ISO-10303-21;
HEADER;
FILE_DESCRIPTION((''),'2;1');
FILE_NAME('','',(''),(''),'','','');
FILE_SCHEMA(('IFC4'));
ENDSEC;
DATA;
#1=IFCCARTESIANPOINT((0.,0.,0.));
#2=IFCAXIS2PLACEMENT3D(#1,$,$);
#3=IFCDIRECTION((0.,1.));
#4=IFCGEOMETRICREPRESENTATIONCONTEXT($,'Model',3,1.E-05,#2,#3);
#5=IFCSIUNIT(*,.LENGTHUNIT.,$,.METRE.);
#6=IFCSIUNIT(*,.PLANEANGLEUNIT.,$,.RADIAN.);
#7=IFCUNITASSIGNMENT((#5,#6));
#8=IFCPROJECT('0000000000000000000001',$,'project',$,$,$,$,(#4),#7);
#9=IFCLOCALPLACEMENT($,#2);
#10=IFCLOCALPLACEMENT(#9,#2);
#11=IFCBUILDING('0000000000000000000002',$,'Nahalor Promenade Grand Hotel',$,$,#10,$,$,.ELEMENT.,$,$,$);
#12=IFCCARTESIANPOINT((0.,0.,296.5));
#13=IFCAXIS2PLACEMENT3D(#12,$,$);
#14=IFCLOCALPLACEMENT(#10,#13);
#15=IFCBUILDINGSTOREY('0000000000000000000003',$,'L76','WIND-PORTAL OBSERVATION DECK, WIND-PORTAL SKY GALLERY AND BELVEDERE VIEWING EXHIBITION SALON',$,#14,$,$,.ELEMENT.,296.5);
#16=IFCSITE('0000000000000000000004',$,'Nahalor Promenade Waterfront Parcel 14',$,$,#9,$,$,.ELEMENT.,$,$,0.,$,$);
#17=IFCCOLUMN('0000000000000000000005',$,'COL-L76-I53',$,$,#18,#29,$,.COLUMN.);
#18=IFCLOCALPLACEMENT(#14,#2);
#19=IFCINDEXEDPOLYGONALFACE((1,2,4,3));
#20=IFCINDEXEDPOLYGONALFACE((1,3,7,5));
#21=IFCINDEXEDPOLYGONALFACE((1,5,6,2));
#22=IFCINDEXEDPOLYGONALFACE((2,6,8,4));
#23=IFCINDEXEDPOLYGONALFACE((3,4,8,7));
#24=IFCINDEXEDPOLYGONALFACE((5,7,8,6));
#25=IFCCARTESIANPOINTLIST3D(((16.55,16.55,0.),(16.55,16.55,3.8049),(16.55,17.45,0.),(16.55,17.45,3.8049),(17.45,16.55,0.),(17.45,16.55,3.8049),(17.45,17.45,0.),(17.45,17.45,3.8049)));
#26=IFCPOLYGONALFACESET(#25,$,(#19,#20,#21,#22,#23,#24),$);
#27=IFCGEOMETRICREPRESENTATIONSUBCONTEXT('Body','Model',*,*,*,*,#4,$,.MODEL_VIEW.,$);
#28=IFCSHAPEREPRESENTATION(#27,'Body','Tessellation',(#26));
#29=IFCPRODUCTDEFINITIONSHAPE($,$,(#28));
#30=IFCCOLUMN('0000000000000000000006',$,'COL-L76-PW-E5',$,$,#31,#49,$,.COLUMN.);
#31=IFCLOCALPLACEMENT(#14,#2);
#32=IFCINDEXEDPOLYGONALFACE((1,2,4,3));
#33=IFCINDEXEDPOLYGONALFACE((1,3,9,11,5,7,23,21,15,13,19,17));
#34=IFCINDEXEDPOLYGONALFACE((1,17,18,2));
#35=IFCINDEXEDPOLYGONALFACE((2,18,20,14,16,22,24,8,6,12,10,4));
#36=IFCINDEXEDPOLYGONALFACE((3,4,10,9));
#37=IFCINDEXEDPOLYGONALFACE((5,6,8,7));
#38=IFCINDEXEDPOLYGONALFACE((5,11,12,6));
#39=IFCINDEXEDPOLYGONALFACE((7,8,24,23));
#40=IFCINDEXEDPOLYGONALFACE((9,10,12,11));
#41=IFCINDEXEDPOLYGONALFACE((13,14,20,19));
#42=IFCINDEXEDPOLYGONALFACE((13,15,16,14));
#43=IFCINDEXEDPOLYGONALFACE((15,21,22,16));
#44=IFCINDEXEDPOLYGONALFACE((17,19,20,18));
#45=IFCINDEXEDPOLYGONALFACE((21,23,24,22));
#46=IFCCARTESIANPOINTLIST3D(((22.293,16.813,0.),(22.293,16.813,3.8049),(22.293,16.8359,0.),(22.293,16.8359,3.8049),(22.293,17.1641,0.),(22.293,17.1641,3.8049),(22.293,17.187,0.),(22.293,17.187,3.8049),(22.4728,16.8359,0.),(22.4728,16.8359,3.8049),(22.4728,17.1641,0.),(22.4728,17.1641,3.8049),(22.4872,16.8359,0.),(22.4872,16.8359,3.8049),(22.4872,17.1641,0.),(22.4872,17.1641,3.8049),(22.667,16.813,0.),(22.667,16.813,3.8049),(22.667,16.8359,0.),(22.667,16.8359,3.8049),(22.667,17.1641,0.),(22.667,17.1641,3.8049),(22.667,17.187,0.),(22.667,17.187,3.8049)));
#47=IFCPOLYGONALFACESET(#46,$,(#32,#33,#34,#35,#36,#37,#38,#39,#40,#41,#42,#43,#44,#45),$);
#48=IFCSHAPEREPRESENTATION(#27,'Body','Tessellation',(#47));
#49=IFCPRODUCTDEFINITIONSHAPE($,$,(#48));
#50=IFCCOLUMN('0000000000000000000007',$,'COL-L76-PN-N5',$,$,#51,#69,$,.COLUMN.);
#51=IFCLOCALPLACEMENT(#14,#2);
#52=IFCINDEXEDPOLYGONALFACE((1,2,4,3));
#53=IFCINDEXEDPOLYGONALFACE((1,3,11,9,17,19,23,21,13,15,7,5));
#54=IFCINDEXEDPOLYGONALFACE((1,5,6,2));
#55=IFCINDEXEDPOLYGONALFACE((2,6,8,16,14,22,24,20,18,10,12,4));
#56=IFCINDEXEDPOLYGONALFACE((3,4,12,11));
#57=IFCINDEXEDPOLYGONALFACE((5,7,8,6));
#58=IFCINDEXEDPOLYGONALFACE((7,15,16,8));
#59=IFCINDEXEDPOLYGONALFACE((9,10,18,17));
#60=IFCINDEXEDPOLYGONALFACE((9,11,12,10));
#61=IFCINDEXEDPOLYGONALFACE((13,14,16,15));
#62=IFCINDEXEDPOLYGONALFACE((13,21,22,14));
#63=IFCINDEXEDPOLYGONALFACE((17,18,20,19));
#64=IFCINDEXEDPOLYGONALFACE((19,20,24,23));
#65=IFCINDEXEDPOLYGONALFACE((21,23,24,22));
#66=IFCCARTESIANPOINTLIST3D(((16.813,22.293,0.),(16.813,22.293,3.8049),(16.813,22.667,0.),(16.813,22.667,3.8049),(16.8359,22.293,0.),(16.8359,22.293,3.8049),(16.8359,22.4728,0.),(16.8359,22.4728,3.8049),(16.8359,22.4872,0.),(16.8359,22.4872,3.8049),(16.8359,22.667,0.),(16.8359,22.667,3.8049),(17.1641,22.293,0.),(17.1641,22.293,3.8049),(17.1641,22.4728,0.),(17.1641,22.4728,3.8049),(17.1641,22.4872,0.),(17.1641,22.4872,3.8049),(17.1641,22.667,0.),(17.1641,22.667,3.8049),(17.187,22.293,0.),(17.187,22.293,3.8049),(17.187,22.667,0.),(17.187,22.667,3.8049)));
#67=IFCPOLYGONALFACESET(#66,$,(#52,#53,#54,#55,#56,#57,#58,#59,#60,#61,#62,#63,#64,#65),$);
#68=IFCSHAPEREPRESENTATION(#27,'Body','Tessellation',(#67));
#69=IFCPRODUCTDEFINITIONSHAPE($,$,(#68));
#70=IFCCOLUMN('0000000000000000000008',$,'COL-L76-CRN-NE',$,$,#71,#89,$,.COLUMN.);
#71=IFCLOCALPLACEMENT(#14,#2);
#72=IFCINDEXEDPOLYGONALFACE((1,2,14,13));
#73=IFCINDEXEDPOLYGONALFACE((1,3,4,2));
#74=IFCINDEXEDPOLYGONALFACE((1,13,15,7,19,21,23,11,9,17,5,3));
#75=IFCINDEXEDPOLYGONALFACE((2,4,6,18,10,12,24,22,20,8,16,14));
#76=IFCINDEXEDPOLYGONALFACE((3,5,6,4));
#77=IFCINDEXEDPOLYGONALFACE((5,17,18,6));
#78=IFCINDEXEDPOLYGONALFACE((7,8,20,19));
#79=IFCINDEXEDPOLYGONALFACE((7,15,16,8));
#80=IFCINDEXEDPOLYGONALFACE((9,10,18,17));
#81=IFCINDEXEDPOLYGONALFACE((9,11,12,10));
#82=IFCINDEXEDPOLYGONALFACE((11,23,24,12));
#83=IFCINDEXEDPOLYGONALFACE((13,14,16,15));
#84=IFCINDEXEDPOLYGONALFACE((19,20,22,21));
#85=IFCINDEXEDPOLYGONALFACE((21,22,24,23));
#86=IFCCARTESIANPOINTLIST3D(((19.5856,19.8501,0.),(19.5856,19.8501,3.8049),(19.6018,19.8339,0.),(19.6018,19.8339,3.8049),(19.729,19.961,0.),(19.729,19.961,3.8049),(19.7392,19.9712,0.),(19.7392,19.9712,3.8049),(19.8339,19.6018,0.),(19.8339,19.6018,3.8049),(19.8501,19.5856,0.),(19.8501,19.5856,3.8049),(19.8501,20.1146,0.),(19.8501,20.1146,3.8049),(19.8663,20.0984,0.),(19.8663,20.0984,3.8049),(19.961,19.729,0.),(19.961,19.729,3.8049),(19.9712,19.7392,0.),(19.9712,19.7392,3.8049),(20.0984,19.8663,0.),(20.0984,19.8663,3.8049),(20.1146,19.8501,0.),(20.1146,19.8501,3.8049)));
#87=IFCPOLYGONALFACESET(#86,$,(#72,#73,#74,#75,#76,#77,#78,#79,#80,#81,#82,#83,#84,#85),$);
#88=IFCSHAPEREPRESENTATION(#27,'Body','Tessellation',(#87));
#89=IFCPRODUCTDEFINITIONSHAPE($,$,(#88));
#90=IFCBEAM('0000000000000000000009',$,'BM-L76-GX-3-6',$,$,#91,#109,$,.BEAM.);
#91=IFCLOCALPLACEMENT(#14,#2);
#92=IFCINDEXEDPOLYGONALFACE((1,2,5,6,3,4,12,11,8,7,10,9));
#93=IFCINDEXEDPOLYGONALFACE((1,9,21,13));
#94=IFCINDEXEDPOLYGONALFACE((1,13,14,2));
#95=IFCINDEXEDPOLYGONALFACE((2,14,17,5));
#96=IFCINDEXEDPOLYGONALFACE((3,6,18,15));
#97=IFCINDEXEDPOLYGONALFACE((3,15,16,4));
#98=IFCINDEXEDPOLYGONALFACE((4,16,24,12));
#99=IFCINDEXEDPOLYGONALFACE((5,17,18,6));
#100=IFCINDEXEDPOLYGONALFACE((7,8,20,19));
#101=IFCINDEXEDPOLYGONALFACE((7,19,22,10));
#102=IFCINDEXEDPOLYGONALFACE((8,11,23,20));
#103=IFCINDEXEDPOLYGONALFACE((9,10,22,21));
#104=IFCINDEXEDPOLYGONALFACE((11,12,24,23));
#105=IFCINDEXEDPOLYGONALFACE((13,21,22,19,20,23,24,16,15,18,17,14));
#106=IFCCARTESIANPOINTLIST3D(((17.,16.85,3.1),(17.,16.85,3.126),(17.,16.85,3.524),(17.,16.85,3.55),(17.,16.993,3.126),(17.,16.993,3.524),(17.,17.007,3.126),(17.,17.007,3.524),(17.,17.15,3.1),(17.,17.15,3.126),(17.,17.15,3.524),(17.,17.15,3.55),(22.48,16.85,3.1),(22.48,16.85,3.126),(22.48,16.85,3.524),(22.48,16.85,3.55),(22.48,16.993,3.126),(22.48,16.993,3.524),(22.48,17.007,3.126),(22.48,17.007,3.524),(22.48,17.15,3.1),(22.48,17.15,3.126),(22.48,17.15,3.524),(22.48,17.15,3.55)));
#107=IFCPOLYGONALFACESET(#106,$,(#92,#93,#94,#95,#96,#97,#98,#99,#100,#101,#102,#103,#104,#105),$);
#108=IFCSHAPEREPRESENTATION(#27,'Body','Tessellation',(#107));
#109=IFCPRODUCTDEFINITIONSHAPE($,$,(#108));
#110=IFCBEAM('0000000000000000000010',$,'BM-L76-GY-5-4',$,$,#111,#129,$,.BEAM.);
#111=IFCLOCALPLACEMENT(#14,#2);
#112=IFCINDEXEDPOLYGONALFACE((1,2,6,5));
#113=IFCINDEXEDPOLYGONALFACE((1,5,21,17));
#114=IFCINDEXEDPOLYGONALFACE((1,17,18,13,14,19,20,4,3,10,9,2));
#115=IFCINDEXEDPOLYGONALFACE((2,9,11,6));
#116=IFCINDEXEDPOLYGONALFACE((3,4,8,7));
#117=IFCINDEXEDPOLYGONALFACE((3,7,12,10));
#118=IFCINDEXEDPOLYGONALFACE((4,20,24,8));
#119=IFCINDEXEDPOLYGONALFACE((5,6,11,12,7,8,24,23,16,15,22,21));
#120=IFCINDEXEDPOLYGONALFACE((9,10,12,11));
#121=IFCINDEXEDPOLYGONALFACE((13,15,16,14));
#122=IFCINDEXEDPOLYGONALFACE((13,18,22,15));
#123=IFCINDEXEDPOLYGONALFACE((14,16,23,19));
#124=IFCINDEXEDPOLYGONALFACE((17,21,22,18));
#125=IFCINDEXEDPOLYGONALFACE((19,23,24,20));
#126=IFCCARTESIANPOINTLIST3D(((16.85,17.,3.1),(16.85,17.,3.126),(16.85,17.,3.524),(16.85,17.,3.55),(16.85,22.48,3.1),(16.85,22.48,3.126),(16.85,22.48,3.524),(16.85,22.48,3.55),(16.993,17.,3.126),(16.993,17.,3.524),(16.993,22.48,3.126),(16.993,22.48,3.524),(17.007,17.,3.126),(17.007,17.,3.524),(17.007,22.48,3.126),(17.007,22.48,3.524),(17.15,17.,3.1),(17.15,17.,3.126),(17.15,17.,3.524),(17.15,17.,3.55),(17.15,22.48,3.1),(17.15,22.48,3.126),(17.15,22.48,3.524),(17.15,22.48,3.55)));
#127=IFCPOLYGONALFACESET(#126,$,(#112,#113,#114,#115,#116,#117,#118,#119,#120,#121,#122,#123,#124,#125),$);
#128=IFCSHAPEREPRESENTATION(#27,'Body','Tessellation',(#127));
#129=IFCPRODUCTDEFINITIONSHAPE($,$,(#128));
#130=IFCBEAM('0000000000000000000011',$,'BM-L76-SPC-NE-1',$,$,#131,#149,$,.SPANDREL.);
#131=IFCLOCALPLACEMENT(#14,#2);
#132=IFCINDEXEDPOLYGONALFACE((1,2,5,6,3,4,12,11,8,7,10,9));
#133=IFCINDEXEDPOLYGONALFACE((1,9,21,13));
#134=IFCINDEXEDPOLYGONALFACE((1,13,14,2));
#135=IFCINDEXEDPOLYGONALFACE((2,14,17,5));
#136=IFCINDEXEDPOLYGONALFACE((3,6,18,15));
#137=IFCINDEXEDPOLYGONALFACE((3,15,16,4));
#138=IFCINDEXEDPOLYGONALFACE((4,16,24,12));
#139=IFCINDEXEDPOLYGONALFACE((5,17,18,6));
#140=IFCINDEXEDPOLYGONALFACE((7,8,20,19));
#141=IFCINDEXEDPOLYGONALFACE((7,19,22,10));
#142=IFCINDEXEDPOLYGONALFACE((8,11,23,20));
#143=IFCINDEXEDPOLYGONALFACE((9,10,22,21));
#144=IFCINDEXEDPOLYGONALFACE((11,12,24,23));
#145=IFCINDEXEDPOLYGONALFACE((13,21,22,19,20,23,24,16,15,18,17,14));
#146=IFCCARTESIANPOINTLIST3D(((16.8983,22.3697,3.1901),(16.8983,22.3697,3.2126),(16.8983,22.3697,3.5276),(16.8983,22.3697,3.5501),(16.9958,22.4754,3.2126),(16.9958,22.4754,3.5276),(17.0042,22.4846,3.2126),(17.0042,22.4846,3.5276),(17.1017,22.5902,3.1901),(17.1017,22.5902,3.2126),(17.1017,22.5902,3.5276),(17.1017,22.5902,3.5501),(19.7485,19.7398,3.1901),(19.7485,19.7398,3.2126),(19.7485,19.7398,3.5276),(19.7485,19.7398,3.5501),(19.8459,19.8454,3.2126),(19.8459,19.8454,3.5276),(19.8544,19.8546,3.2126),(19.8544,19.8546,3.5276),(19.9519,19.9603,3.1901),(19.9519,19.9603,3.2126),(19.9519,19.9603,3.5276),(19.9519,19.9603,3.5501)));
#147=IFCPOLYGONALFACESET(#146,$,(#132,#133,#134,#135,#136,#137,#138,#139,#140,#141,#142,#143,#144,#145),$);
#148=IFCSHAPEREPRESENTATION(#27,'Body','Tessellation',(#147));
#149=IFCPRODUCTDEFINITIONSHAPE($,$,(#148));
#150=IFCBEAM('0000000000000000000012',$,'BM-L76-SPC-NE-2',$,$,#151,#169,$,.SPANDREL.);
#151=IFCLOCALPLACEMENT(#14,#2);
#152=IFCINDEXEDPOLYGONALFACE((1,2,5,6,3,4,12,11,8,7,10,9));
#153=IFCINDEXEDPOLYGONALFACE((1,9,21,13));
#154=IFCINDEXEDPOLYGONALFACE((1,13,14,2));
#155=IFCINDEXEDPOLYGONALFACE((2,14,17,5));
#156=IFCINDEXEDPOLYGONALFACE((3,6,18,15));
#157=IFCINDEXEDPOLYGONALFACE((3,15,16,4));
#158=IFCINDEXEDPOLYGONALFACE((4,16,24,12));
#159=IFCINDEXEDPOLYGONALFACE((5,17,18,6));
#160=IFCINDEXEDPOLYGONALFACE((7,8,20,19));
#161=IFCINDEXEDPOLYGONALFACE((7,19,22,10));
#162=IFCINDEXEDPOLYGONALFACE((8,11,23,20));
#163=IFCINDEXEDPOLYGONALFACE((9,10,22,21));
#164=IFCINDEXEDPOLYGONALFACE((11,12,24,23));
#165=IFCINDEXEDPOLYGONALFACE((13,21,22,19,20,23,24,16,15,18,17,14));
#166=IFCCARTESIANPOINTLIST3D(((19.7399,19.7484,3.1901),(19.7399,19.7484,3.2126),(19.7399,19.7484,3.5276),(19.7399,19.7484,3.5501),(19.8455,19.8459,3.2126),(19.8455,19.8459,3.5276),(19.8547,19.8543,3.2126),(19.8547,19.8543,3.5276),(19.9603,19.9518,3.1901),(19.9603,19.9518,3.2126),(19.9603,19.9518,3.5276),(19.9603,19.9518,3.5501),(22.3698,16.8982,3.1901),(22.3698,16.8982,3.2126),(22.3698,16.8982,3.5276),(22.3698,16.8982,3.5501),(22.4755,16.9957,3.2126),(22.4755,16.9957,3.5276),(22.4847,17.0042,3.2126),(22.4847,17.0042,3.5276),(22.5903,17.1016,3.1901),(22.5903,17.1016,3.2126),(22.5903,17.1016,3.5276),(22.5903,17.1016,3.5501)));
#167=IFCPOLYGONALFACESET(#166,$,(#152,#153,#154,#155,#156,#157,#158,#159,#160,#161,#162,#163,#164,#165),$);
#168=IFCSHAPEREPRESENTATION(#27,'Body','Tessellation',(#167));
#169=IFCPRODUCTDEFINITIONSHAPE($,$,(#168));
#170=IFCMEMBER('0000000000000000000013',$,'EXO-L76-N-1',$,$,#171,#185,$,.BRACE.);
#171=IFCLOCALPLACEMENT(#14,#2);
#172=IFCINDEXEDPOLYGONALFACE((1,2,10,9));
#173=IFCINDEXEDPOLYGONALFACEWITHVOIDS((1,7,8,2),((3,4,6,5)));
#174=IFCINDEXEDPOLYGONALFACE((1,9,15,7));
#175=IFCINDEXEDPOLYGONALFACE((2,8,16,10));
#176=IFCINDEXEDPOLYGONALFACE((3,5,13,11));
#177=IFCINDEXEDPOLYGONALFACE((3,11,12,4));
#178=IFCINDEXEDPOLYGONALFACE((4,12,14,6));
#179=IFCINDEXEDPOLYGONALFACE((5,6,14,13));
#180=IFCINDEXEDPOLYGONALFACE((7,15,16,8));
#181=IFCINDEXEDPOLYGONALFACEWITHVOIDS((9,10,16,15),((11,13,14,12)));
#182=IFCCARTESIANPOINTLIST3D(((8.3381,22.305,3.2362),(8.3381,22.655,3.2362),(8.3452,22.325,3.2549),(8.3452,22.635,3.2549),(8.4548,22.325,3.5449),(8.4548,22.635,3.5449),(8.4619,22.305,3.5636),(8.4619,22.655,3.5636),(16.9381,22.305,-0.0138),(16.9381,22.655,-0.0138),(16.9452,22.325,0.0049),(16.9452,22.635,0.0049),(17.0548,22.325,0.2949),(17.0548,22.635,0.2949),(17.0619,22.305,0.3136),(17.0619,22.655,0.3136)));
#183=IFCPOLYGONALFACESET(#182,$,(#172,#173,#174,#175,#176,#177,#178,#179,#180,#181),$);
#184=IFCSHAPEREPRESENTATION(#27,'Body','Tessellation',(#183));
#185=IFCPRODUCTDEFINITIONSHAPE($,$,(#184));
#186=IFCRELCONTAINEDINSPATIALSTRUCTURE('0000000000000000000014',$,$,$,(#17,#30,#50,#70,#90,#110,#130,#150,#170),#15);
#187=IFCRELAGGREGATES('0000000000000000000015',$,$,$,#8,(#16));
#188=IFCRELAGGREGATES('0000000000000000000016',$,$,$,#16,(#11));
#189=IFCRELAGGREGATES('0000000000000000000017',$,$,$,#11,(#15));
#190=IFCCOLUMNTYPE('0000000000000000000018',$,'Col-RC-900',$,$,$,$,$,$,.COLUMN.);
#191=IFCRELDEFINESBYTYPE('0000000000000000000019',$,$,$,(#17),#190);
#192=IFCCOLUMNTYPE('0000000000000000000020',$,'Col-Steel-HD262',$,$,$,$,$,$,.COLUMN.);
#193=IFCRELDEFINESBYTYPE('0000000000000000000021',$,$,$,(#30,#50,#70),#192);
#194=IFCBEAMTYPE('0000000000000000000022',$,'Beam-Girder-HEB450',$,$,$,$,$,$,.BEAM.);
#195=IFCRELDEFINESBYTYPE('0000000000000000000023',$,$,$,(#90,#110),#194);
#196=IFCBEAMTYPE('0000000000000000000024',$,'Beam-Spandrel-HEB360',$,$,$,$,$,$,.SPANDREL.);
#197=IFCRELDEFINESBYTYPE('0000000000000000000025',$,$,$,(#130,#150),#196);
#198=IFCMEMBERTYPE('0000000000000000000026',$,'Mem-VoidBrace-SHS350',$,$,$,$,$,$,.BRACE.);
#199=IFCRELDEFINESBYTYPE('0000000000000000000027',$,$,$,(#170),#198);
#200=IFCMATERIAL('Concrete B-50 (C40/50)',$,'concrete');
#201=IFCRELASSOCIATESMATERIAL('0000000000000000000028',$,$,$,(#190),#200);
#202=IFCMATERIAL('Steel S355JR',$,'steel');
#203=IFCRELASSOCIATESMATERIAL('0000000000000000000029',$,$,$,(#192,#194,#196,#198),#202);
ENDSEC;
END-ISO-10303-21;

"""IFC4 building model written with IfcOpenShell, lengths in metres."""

from ifc_helpers import new_model, si_unit, direction, frame, origin, origin_2d, place, context, subcontext, project, spatial, rectangle, hollow_rectangle, i_section, extrude, source, transform, mapped, material, material_profile, profile_set, type_object, element, save


model = new_model("IFC4")

# Units and contexts
model_context = context("Model", 3, precision=1e-05, world=origin(), true_north=direction((0.0, 1.0)))
body_context = subcontext(model_context, "Body", "Model", "MODEL_VIEW")
ifc_project = project(units=[si_unit("LENGTHUNIT", "METRE"), si_unit("PLANEANGLEUNIT", "RADIAN")], contexts=[model_context])

# Site, building, storey
site_placement = place(None, origin())
site = spatial("IfcSite", under=ifc_project, at=site_placement, Name="Nahalor Promenade Waterfront Parcel 14", CompositionType="ELEMENT", RefElevation=0.0)
building_placement = place(site_placement, origin())
building = spatial("IfcBuilding", under=site, at=building_placement, Name="Nahalor Promenade Grand Hotel", CompositionType="ELEMENT")
storey_placement = place(building_placement, frame((0.0, 0.0, 296.5)))
storey = spatial("IfcBuildingStorey", under=building, at=storey_placement, Name="L76", Description="WIND-PORTAL OBSERVATION DECK, WIND-PORTAL SKY GALLERY AND BELVEDERE VIEWING EXHIBITION SALON", CompositionType="ELEMENT", Elevation=296.5)

# Columns
ifc_material_1 = material(Name="Concrete B-50 (C40/50)", Category="concrete")
ifc_material_profile_1 = material_profile(ifc_material_1, rectangle(XDim=0.9, YDim=0.9, at=origin_2d()), Name="RC 900x900")
ifc_profile_set_1 = profile_set([ifc_material_profile_1], Name="Concrete B-50 (C40/50)")
column_type_1 = type_object("IfcColumnType", Name="Col-RC-900", PredefinedType="COLUMN", material=ifc_profile_set_1)
shared_shape_1 = source(origin(), body_context, "Body", "SweptSolid", [
    extrude(rectangle(XDim=0.9, YDim=0.9, at=origin_2d()), origin(), (0.0, 0.0, 1.0), 3.8049),
])
column_placement = place(storey_placement, frame((17.0, 17.0, 0.0), z_axis=(0.0, 0.0, 1.0), x_axis=(1.0, 0.0, 0.0)))
element("IfcColumn", 1, at=column_placement, inside=storey, type_object=column_type_1, Name="COL-L76-I53", PredefinedType="COLUMN", context=body_context, shape_type="MappedRepresentation", body=[
    mapped(shared_shape_1, transform((0.0, 0.0, 0.0), scale=1.0)),
])
ifc_material_2 = material(Name="Steel S355JR", Category="steel")
ifc_material_profile_2 = material_profile(ifc_material_2, i_section(OverallWidth=0.374, OverallDepth=0.374, WebThickness=0.0144, FlangeThickness=0.0229, at=origin_2d()), Name="HD 360x262")
ifc_profile_set_2 = profile_set([ifc_material_profile_2], Name="Steel S355JR")
column_type_2 = type_object("IfcColumnType", Name="Col-Steel-HD262", PredefinedType="COLUMN", material=ifc_profile_set_2)
shared_shape_2 = source(origin(), body_context, "Body", "SweptSolid", [
    extrude(i_section(OverallWidth=0.374, OverallDepth=0.374, WebThickness=0.0144, FlangeThickness=0.0229, at=origin_2d()), origin(), (0.0, 0.0, 1.0), 3.8049),
])
for number, where, z_axis, x_axis, name in (
    (2, (22.48, 17.0, 0.0), (0.0, 0.0, 1.0), (1.0, 0.0, 0.0), "COL-L76-PW-E5"),
    (3, (17.0, 22.48, 0.0), (0.0, 0.0, 1.0), (0.0, 1.0, 0.0), "COL-L76-PN-N5"),
    (4, (19.8501, 19.8501, 0.0), (0.0, 0.0, 1.0), (0.707107, 0.707107, 0.0), "COL-L76-CRN-NE"),
):
    element("IfcColumn", number, at=place(storey_placement, frame(where, z_axis=z_axis, x_axis=x_axis)), inside=storey, type_object=column_type_2, Name=name, PredefinedType="COLUMN", context=body_context, shape_type="MappedRepresentation", body=[
        mapped(shared_shape_2, transform((0.0, 0.0, 0.0), scale=1.0)),
    ])

# Beams
ifc_material_profile_3 = material_profile(ifc_material_2, i_section(OverallWidth=0.3, OverallDepth=0.45, WebThickness=0.014, FlangeThickness=0.026, at=origin_2d()), Name="HEB 450")
ifc_profile_set_3 = profile_set([ifc_material_profile_3], Name="Steel S355JR")
beam_type_1 = type_object("IfcBeamType", Name="Beam-Girder-HEB450", PredefinedType="BEAM", material=ifc_profile_set_3)
shared_shape_3 = source(origin(), body_context, "Body", "SweptSolid", [
    extrude(i_section(OverallWidth=0.3, OverallDepth=0.45, WebThickness=0.014, FlangeThickness=0.026, at=origin_2d()), origin(), (0.0, 0.0, 1.0), 5.48),
])
for number, where, z_axis, x_axis, name in (
    (5, (17.0, 17.0, 3.325), (1.0, 0.0, 0.0), (0.0, 1.0, 0.0), "BM-L76-GX-3-6"),
    (6, (17.0, 17.0, 3.325), (0.0, 1.0, 0.0), (-1.0, 0.0, 0.0), "BM-L76-GY-5-4"),
):
    element("IfcBeam", number, at=place(storey_placement, frame(where, z_axis=z_axis, x_axis=x_axis)), inside=storey, type_object=beam_type_1, Name=name, PredefinedType="BEAM", context=body_context, shape_type="MappedRepresentation", body=[
        mapped(shared_shape_3, transform((0.0, 0.0, 0.0), scale=1.0)),
    ])
ifc_material_profile_4 = material_profile(ifc_material_2, i_section(OverallWidth=0.3, OverallDepth=0.36, WebThickness=0.0125, FlangeThickness=0.0225, at=origin_2d()), Name="HEB 360")
ifc_profile_set_4 = profile_set([ifc_material_profile_4], Name="Steel S355JR")
beam_type_2 = type_object("IfcBeamType", Name="Beam-Spandrel-HEB360", PredefinedType="SPANDREL", material=ifc_profile_set_4)
shared_shape_4 = source(origin(), body_context, "Body", "SweptSolid", [
    extrude(i_section(OverallWidth=0.3, OverallDepth=0.36, WebThickness=0.0125, FlangeThickness=0.0225, at=origin_2d()), origin(), (0.0, 0.0, 1.0), 3.8782),
])
for number, where, z_axis, x_axis, name in (
    (7, (17.0, 22.48, 3.3701), (0.734929, -0.678144, 0.0), (0.678144, 0.734929, 0.0), "BM-L76-SPC-NE-1"),
    (8, (19.8501, 19.8501, 3.3701), (0.678144, -0.734929, 0.0), (0.734929, 0.678144, 0.0), "BM-L76-SPC-NE-2"),
):
    element("IfcBeam", number, at=place(storey_placement, frame(where, z_axis=z_axis, x_axis=x_axis)), inside=storey, type_object=beam_type_2, Name=name, PredefinedType="SPANDREL", context=body_context, shape_type="MappedRepresentation", body=[
        mapped(shared_shape_4, transform((0.0, 0.0, 0.0), scale=1.0)),
    ])

# Member
ifc_material_profile_5 = material_profile(ifc_material_2, hollow_rectangle(XDim=0.35, YDim=0.35, WallThickness=0.02, at=origin_2d()), Name="SHS 350x350x20")
ifc_profile_set_5 = profile_set([ifc_material_profile_5], Name="Steel S355JR")
member_type = type_object("IfcMemberType", Name="Mem-VoidBrace-SHS350", PredefinedType="BRACE", material=ifc_profile_set_5)
shared_shape_5 = source(origin(), body_context, "Body", "SweptSolid", [
    extrude(hollow_rectangle(XDim=0.35, YDim=0.35, WallThickness=0.02, at=origin_2d()), origin(), (0.0, 0.0, 1.0), 9.1936),
])
member_placement = place(storey_placement, frame((17.0, 22.48, 0.1499), z_axis=(-0.935433, 0.0, 0.353503), x_axis=(0.0, -1.0, 0.0)))
element("IfcMember", 9, at=member_placement, inside=storey, type_object=member_type, Name="EXO-L76-N-1", PredefinedType="BRACE", context=body_context, shape_type="MappedRepresentation", body=[
    mapped(shared_shape_5, transform((0.0, 0.0, 0.0), scale=1.0)),
])

save(model, "model.ifc")
